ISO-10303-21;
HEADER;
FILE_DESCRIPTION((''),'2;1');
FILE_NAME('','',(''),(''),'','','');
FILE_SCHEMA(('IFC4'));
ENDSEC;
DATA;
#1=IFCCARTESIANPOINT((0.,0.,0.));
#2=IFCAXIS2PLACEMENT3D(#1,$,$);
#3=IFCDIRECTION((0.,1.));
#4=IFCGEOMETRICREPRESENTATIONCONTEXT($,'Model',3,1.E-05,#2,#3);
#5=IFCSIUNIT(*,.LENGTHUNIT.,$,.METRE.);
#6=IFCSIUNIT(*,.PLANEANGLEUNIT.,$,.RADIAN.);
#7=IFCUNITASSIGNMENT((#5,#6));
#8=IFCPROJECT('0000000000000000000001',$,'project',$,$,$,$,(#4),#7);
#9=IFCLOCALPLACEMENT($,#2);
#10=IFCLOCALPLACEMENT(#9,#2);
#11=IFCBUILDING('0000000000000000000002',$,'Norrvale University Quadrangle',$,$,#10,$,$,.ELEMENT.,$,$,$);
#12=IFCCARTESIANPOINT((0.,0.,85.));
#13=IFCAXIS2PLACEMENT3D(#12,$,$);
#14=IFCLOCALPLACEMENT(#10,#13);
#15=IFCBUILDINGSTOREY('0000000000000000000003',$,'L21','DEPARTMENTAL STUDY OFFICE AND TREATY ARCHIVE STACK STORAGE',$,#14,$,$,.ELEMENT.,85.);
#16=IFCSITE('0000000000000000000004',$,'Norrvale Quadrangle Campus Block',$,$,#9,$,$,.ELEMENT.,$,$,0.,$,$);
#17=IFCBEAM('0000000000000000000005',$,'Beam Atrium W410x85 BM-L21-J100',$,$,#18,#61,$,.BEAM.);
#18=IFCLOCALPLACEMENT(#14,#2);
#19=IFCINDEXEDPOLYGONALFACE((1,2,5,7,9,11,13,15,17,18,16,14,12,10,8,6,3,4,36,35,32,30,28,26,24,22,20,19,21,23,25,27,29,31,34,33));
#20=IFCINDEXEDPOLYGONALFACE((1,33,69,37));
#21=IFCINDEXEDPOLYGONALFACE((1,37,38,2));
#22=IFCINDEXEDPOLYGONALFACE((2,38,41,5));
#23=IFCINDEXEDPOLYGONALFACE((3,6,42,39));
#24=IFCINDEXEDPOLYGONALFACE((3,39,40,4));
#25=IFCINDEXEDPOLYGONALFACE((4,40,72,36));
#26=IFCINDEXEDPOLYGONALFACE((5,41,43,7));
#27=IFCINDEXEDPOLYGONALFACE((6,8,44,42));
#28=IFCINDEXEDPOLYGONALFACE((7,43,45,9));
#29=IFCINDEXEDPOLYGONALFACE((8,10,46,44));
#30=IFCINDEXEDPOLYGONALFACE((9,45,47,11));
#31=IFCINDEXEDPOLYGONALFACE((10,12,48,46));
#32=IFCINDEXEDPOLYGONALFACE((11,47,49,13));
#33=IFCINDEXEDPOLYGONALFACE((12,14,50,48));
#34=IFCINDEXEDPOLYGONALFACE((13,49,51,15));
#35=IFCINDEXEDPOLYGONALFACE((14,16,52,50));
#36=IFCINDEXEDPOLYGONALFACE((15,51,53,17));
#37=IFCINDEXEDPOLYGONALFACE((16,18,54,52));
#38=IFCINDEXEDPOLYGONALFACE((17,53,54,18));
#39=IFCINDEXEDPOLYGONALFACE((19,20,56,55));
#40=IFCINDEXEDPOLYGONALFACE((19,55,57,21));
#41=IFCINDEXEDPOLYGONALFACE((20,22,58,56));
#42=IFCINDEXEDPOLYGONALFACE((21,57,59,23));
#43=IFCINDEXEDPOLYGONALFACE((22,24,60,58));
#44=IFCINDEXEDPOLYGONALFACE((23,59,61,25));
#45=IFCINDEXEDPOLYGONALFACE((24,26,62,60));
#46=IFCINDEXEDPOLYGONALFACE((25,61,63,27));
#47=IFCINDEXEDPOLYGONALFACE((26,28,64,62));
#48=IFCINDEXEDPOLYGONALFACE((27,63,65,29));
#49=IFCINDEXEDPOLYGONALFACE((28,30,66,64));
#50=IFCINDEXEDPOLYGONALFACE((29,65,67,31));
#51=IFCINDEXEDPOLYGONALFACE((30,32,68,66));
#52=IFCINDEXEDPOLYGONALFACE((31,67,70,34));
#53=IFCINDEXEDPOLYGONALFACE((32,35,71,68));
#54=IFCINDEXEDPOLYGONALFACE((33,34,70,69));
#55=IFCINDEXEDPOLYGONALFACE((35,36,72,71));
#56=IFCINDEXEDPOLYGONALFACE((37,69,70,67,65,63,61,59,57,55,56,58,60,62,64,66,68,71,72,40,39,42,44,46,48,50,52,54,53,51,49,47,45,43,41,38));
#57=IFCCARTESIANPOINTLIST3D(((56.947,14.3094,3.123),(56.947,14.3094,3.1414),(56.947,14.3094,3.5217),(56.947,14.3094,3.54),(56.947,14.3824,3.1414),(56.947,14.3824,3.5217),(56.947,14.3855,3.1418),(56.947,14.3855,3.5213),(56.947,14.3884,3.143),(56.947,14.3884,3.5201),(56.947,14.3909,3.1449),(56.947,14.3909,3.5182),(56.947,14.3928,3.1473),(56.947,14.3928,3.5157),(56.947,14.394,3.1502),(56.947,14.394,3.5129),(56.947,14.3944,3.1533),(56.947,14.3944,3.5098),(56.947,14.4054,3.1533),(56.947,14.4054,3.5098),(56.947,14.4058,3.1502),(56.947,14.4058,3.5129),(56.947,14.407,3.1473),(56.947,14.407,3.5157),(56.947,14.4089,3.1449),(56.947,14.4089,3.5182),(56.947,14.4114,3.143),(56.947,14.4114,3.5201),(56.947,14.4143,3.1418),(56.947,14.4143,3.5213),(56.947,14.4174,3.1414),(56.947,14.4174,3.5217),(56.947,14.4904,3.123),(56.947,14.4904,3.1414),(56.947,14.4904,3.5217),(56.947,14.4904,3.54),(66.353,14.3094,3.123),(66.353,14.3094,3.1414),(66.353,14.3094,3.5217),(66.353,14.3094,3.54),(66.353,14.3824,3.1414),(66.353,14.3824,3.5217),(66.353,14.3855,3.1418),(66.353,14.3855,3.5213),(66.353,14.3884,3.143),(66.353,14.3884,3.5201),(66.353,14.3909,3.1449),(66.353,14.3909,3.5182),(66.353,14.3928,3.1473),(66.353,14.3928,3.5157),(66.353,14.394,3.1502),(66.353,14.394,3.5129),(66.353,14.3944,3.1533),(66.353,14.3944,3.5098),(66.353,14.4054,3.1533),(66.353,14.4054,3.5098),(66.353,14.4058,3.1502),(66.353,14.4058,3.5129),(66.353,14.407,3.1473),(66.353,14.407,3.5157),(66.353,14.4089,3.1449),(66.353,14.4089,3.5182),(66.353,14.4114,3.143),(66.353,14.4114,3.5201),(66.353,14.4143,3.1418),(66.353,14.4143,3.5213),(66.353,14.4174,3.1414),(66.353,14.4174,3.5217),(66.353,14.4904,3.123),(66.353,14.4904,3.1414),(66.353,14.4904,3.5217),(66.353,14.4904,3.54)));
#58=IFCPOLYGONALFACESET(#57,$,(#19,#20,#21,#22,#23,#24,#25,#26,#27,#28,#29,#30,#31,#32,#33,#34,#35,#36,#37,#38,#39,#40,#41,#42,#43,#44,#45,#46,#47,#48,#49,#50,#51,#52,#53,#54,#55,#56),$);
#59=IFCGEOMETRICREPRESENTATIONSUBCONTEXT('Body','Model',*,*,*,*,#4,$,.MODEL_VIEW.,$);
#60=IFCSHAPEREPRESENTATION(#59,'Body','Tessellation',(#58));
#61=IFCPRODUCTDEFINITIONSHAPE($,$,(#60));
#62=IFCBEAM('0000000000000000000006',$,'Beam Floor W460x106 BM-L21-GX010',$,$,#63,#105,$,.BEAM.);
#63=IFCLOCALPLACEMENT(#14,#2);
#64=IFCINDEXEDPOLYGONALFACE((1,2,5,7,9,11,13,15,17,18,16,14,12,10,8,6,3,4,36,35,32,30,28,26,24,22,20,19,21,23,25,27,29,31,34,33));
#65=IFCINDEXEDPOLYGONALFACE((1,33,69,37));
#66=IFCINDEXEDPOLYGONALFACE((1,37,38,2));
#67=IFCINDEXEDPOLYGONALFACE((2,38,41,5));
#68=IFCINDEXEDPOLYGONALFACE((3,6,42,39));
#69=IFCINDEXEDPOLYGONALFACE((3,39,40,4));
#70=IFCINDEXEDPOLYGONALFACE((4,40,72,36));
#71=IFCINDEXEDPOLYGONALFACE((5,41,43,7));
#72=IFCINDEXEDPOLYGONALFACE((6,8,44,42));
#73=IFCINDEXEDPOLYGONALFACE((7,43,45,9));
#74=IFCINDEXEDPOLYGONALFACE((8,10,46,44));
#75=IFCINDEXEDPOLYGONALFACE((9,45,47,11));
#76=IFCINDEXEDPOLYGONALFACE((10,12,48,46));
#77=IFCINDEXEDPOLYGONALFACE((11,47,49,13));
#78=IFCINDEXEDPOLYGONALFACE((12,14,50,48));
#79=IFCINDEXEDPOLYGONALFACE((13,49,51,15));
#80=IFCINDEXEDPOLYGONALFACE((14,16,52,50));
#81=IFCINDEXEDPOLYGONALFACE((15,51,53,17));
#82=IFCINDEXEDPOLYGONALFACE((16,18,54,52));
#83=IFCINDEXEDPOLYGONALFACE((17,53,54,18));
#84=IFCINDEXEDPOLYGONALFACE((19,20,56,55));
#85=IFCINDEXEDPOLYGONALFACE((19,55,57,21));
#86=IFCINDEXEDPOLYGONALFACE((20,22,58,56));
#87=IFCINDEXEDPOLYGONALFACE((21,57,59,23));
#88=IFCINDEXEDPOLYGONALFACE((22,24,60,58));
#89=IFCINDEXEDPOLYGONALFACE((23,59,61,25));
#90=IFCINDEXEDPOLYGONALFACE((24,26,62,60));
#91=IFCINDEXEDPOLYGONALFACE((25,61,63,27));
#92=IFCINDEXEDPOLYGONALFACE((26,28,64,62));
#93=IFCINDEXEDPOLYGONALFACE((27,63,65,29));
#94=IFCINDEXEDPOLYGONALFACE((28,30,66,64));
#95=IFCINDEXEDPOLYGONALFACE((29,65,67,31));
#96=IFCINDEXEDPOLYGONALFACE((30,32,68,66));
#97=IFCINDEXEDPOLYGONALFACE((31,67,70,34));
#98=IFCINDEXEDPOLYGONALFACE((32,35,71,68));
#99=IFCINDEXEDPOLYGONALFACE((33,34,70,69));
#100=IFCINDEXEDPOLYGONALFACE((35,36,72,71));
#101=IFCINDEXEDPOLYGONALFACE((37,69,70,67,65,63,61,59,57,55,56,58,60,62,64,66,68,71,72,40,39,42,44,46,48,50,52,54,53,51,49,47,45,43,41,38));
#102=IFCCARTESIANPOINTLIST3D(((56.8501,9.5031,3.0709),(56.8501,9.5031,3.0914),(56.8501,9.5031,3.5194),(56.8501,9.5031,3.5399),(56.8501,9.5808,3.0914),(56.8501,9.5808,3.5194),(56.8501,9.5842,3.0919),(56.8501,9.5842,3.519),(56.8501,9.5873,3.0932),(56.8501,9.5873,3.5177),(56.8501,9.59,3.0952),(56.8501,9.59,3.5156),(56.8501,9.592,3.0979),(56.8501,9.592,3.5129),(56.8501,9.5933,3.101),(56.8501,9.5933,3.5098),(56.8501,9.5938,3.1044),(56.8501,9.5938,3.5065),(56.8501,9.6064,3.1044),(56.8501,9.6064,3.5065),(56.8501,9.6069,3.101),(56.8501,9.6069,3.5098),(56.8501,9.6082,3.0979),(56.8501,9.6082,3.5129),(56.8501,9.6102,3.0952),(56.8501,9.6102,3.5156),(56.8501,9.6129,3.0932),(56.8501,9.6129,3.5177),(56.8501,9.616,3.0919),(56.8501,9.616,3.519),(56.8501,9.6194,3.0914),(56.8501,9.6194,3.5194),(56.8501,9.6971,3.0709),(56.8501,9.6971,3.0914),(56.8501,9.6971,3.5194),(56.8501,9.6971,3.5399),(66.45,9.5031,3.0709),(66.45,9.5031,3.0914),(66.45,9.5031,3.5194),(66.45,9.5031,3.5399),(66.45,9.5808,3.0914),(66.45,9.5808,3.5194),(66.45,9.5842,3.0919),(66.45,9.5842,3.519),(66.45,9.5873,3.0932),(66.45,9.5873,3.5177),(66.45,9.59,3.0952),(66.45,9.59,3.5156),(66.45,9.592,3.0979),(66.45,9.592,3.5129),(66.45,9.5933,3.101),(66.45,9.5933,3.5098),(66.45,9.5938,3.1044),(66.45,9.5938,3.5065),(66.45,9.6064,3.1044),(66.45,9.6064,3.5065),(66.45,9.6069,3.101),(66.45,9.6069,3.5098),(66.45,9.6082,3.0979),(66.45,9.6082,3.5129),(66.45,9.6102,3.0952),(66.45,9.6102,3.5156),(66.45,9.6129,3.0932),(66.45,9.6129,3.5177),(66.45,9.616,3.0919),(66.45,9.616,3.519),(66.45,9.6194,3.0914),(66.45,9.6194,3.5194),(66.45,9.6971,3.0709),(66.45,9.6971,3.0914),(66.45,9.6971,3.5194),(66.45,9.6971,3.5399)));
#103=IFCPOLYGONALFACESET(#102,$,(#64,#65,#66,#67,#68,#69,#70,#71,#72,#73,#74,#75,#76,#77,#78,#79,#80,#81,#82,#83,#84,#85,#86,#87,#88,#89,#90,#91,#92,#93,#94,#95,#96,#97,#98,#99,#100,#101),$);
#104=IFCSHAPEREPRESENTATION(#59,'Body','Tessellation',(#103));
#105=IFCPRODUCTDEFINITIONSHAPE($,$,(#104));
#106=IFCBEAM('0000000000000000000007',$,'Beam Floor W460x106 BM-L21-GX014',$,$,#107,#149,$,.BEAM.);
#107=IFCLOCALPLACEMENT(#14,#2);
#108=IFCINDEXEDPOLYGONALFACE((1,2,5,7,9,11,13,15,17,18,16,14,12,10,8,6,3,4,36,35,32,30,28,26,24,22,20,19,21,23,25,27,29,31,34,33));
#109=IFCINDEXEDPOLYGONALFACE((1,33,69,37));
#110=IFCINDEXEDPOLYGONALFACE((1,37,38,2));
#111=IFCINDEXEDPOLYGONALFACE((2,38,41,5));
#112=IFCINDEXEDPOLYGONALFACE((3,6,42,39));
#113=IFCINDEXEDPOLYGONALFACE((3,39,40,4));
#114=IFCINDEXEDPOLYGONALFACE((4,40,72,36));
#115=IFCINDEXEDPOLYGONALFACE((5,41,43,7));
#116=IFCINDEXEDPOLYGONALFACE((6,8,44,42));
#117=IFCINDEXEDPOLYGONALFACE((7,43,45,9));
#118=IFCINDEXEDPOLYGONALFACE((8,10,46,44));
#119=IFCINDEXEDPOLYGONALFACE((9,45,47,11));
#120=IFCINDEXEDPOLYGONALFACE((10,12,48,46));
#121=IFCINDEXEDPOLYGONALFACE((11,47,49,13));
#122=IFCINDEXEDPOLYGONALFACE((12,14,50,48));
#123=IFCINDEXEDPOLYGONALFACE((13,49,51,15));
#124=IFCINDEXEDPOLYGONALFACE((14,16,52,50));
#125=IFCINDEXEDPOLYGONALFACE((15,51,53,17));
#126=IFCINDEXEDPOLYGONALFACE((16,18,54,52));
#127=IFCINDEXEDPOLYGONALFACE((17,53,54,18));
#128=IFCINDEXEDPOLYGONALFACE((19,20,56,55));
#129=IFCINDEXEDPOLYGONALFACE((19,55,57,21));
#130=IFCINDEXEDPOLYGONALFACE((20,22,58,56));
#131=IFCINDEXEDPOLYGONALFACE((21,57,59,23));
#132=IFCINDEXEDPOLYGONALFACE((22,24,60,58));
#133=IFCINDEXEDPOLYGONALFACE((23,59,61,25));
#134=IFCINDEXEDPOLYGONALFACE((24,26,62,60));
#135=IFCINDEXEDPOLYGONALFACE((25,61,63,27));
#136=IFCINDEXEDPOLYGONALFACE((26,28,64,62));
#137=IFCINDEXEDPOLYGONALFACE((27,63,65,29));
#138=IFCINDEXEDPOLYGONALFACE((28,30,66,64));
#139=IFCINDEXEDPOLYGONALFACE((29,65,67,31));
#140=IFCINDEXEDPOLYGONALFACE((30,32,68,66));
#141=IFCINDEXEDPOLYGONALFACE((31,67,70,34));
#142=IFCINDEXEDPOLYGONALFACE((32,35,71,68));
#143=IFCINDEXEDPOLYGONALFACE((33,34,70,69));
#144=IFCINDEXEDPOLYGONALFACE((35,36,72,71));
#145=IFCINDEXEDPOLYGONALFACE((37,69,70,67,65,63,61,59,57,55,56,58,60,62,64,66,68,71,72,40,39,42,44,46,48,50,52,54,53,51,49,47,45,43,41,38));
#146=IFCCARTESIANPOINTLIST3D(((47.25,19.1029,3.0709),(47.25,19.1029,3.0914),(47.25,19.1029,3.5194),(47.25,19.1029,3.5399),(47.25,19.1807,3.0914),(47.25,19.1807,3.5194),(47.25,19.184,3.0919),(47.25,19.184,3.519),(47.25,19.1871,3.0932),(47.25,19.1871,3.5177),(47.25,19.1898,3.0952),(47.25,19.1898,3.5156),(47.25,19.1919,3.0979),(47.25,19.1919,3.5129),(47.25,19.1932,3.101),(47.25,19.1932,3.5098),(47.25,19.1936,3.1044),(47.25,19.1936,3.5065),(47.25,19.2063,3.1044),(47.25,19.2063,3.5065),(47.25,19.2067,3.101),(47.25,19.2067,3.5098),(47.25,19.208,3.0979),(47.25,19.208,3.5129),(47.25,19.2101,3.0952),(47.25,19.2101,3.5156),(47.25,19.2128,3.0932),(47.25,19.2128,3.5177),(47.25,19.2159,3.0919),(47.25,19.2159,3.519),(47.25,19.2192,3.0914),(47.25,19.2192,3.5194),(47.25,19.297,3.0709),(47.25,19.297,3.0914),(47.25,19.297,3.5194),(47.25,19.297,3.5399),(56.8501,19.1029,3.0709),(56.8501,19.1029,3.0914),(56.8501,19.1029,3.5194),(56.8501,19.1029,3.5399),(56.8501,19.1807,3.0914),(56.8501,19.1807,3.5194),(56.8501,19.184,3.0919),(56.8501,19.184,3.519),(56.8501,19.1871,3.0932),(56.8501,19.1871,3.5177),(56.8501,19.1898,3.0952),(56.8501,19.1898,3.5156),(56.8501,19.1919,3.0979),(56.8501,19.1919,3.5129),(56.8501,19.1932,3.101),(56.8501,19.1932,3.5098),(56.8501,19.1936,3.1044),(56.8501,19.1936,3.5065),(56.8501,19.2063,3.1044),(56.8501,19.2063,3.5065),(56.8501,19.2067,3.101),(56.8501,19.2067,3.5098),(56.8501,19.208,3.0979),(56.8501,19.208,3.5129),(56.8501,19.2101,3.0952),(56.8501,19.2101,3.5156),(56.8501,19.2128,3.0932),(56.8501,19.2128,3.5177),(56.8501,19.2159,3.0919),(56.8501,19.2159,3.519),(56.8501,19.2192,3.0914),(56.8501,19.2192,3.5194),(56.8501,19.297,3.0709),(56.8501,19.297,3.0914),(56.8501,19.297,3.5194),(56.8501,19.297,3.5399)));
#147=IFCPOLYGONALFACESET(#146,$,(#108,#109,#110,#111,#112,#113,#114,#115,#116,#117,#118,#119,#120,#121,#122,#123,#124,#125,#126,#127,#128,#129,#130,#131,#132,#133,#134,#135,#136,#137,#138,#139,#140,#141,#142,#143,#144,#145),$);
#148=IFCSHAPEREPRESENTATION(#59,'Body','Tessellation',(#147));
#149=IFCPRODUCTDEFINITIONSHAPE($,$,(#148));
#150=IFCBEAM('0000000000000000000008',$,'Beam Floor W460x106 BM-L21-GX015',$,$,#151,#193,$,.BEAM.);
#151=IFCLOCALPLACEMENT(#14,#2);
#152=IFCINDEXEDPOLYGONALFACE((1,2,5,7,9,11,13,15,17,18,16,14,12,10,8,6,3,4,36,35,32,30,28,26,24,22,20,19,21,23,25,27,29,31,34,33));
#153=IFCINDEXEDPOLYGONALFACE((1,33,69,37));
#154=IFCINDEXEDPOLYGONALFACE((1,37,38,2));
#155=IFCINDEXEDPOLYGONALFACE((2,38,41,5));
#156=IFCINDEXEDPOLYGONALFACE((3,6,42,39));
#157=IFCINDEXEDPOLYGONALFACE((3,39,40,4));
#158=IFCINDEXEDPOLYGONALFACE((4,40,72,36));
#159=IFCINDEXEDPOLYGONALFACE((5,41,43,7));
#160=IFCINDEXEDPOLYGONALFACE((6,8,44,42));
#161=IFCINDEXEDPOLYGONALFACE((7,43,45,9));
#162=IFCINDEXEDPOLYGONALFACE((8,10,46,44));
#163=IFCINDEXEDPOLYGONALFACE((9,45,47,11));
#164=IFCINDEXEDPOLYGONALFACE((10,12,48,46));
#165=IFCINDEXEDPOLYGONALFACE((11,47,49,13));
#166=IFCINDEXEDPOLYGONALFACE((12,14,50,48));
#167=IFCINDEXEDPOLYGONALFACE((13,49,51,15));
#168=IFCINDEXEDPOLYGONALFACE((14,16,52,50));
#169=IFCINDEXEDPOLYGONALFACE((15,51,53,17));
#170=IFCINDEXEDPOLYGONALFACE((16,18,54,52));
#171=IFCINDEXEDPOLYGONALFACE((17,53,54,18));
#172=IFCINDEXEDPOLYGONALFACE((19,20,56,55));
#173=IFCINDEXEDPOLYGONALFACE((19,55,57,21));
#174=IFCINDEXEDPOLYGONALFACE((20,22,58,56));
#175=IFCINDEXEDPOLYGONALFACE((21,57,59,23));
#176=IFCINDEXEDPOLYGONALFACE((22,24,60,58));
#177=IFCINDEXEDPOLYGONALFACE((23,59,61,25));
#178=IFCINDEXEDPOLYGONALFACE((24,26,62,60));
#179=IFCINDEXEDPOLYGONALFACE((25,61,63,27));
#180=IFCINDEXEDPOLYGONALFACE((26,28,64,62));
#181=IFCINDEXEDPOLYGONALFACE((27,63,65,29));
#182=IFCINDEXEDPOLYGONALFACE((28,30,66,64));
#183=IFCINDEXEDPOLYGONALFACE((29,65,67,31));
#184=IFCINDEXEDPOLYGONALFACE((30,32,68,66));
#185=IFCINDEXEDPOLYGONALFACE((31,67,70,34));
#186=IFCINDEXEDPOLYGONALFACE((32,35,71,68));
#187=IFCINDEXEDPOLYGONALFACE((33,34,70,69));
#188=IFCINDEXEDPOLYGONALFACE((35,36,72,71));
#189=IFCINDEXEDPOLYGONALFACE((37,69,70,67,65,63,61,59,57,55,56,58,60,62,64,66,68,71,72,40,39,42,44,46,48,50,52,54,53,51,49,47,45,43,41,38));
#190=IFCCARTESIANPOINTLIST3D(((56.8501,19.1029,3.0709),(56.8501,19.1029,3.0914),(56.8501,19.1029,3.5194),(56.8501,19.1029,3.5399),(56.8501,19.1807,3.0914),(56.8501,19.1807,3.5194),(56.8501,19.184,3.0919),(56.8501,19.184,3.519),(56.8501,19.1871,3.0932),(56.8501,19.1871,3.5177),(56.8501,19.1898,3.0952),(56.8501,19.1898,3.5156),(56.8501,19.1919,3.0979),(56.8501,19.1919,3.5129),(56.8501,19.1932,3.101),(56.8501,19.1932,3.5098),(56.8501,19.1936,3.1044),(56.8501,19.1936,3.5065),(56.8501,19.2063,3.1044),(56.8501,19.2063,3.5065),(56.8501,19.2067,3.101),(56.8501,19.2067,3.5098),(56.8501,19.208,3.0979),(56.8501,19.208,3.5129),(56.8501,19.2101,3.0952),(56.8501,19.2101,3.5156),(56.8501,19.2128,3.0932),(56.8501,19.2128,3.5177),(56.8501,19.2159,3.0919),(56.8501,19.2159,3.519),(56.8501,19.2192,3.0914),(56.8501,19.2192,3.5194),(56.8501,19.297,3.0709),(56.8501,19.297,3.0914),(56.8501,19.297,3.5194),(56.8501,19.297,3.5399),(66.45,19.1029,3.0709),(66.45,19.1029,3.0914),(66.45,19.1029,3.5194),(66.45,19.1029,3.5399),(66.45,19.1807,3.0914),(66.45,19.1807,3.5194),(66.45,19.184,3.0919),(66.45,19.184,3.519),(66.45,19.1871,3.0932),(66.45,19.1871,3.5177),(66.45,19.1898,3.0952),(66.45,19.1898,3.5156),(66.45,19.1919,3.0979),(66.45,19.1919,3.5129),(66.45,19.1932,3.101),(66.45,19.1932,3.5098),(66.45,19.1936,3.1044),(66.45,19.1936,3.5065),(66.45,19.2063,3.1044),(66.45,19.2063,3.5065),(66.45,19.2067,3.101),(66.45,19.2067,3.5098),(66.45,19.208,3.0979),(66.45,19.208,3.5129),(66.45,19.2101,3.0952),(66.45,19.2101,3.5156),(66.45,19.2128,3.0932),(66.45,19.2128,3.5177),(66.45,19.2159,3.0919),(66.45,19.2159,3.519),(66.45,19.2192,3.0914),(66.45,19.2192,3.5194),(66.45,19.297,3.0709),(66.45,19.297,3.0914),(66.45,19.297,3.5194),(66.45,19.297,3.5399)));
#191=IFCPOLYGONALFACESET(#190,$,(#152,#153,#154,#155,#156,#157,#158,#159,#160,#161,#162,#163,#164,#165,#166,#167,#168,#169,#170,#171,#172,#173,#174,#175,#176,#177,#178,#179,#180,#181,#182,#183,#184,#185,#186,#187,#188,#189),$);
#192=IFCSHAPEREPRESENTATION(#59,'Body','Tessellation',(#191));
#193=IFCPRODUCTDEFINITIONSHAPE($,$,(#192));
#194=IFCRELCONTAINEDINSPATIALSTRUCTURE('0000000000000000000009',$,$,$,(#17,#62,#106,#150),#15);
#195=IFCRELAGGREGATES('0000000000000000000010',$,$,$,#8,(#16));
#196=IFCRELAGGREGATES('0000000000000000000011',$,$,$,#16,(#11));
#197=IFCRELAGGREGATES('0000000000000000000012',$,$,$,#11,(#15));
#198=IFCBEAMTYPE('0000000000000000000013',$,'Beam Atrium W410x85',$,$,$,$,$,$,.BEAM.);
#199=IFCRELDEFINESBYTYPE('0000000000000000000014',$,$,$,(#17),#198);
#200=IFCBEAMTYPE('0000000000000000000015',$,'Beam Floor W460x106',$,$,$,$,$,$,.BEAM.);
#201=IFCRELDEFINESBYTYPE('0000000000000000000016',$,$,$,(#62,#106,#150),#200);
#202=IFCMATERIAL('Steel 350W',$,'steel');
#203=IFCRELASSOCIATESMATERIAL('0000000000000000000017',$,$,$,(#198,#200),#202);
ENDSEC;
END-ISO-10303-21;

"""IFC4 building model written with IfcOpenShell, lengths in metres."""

from ifc_helpers import new_model, si_unit, direction, frame, origin, origin_2d, place, context, subcontext, project, spatial, i_section, extrude, material, material_profile, profile_set, type_object, element, save


model = new_model("IFC4")

# Units and contexts
model_context = context("Model", 3, precision=1e-05, world=origin(), true_north=direction((0.0, 1.0)))
body_context = subcontext(model_context, "Body", "Model", "MODEL_VIEW")
ifc_project = project(units=[si_unit("LENGTHUNIT", "METRE"), si_unit("PLANEANGLEUNIT", "RADIAN")], contexts=[model_context])

# Site, building, storey
site_placement = place(None, origin())
site = spatial("IfcSite", under=ifc_project, at=site_placement, Name="Norrvale Quadrangle Campus Block", CompositionType="ELEMENT", RefElevation=0.0)
building_placement = place(site_placement, origin())
building = spatial("IfcBuilding", under=site, at=building_placement, Name="Norrvale University Quadrangle", CompositionType="ELEMENT")
storey_placement = place(building_placement, frame((0.0, 0.0, 85.0)))
storey = spatial("IfcBuildingStorey", under=building, at=storey_placement, Name="L21", Description="DEPARTMENTAL STUDY OFFICE AND TREATY ARCHIVE STACK STORAGE", CompositionType="ELEMENT", Elevation=85.0)

# Beams
ifc_material_1 = material(Name="Steel 350W", Category="steel")
ifc_material_profile_1 = material_profile(ifc_material_1, i_section(OverallWidth=0.1809, OverallDepth=0.417, WebThickness=0.011, FlangeThickness=0.0183, FilletRadius=0.012, at=origin_2d()), Name="Steel 350W")
ifc_profile_set_1 = profile_set([ifc_material_profile_1], Name="Steel 350W")
beam_type_1 = type_object("IfcBeamType", Name="Beam Atrium W410x85", PredefinedType="BEAM", material=ifc_profile_set_1)
for number, where, z_axis, x_axis, name in (
    (1, (56.947, 14.3999, 3.3315), (1.0, 0.0, 0.0), (0.0, 1.0, 0.0), "Beam Atrium W410x85 BM-L21-J100"),
):
    element("IfcBeam", number, at=place(storey_placement, frame(where, z_axis=z_axis, x_axis=x_axis)), inside=storey, type_object=beam_type_1, Name=name, PredefinedType="BEAM", context=body_context, shape_type="SweptSolid", body=[
        extrude(i_section(OverallWidth=0.1809, OverallDepth=0.417, WebThickness=0.011, FlangeThickness=0.0183, FilletRadius=0.012, at=origin_2d()), origin(), (0.0, 0.0, 1.0), 9.406),
    ])
ifc_material_profile_2 = material_profile(ifc_material_1, i_section(OverallWidth=0.1941, OverallDepth=0.469, WebThickness=0.0127, FlangeThickness=0.0205, FilletRadius=0.0129, at=origin_2d()), Name="Steel 350W")
ifc_profile_set_2 = profile_set([ifc_material_profile_2], Name="Steel 350W")
beam_type_2 = type_object("IfcBeamType", Name="Beam Floor W460x106", PredefinedType="BEAM", material=ifc_profile_set_2)
beam_1_placement = place(storey_placement, frame((56.8501, 9.6001, 3.3054), z_axis=(1.0, 0.0, 0.0), x_axis=(0.0, 1.0, 0.0)))
element("IfcBeam", 2, at=beam_1_placement, inside=storey, type_object=beam_type_2, Name="Beam Floor W460x106 BM-L21-GX010", PredefinedType="BEAM", context=body_context, shape_type="SweptSolid", body=[
    extrude(i_section(OverallWidth=0.1941, OverallDepth=0.469, WebThickness=0.0127, FlangeThickness=0.0205, FilletRadius=0.0129, at=origin_2d()), origin(), (0.0, 0.0, 1.0), 9.5999),
])
beam_2_placement = place(storey_placement, frame((47.25, 19.2, 3.3054), z_axis=(1.0, 0.0, 0.0), x_axis=(0.0, 1.0, 0.0)))
element("IfcBeam", 3, at=beam_2_placement, inside=storey, type_object=beam_type_2, Name="Beam Floor W460x106 BM-L21-GX014", PredefinedType="BEAM", context=body_context, shape_type="SweptSolid", body=[
    extrude(i_section(OverallWidth=0.1941, OverallDepth=0.469, WebThickness=0.0127, FlangeThickness=0.0205, FilletRadius=0.0129, at=origin_2d()), origin(), (0.0, 0.0, 1.0), 9.6001),
])
beam_3_placement = place(storey_placement, frame((56.8501, 19.2, 3.3054), z_axis=(1.0, 0.0, 0.0), x_axis=(0.0, 1.0, 0.0)))
element("IfcBeam", 4, at=beam_3_placement, inside=storey, type_object=beam_type_2, Name="Beam Floor W460x106 BM-L21-GX015", PredefinedType="BEAM", context=body_context, shape_type="SweptSolid", body=[
    extrude(i_section(OverallWidth=0.1941, OverallDepth=0.469, WebThickness=0.0127, FlangeThickness=0.0205, FilletRadius=0.0129, at=origin_2d()), origin(), (0.0, 0.0, 1.0), 9.5999),
])

save(model, "model.ifc")
